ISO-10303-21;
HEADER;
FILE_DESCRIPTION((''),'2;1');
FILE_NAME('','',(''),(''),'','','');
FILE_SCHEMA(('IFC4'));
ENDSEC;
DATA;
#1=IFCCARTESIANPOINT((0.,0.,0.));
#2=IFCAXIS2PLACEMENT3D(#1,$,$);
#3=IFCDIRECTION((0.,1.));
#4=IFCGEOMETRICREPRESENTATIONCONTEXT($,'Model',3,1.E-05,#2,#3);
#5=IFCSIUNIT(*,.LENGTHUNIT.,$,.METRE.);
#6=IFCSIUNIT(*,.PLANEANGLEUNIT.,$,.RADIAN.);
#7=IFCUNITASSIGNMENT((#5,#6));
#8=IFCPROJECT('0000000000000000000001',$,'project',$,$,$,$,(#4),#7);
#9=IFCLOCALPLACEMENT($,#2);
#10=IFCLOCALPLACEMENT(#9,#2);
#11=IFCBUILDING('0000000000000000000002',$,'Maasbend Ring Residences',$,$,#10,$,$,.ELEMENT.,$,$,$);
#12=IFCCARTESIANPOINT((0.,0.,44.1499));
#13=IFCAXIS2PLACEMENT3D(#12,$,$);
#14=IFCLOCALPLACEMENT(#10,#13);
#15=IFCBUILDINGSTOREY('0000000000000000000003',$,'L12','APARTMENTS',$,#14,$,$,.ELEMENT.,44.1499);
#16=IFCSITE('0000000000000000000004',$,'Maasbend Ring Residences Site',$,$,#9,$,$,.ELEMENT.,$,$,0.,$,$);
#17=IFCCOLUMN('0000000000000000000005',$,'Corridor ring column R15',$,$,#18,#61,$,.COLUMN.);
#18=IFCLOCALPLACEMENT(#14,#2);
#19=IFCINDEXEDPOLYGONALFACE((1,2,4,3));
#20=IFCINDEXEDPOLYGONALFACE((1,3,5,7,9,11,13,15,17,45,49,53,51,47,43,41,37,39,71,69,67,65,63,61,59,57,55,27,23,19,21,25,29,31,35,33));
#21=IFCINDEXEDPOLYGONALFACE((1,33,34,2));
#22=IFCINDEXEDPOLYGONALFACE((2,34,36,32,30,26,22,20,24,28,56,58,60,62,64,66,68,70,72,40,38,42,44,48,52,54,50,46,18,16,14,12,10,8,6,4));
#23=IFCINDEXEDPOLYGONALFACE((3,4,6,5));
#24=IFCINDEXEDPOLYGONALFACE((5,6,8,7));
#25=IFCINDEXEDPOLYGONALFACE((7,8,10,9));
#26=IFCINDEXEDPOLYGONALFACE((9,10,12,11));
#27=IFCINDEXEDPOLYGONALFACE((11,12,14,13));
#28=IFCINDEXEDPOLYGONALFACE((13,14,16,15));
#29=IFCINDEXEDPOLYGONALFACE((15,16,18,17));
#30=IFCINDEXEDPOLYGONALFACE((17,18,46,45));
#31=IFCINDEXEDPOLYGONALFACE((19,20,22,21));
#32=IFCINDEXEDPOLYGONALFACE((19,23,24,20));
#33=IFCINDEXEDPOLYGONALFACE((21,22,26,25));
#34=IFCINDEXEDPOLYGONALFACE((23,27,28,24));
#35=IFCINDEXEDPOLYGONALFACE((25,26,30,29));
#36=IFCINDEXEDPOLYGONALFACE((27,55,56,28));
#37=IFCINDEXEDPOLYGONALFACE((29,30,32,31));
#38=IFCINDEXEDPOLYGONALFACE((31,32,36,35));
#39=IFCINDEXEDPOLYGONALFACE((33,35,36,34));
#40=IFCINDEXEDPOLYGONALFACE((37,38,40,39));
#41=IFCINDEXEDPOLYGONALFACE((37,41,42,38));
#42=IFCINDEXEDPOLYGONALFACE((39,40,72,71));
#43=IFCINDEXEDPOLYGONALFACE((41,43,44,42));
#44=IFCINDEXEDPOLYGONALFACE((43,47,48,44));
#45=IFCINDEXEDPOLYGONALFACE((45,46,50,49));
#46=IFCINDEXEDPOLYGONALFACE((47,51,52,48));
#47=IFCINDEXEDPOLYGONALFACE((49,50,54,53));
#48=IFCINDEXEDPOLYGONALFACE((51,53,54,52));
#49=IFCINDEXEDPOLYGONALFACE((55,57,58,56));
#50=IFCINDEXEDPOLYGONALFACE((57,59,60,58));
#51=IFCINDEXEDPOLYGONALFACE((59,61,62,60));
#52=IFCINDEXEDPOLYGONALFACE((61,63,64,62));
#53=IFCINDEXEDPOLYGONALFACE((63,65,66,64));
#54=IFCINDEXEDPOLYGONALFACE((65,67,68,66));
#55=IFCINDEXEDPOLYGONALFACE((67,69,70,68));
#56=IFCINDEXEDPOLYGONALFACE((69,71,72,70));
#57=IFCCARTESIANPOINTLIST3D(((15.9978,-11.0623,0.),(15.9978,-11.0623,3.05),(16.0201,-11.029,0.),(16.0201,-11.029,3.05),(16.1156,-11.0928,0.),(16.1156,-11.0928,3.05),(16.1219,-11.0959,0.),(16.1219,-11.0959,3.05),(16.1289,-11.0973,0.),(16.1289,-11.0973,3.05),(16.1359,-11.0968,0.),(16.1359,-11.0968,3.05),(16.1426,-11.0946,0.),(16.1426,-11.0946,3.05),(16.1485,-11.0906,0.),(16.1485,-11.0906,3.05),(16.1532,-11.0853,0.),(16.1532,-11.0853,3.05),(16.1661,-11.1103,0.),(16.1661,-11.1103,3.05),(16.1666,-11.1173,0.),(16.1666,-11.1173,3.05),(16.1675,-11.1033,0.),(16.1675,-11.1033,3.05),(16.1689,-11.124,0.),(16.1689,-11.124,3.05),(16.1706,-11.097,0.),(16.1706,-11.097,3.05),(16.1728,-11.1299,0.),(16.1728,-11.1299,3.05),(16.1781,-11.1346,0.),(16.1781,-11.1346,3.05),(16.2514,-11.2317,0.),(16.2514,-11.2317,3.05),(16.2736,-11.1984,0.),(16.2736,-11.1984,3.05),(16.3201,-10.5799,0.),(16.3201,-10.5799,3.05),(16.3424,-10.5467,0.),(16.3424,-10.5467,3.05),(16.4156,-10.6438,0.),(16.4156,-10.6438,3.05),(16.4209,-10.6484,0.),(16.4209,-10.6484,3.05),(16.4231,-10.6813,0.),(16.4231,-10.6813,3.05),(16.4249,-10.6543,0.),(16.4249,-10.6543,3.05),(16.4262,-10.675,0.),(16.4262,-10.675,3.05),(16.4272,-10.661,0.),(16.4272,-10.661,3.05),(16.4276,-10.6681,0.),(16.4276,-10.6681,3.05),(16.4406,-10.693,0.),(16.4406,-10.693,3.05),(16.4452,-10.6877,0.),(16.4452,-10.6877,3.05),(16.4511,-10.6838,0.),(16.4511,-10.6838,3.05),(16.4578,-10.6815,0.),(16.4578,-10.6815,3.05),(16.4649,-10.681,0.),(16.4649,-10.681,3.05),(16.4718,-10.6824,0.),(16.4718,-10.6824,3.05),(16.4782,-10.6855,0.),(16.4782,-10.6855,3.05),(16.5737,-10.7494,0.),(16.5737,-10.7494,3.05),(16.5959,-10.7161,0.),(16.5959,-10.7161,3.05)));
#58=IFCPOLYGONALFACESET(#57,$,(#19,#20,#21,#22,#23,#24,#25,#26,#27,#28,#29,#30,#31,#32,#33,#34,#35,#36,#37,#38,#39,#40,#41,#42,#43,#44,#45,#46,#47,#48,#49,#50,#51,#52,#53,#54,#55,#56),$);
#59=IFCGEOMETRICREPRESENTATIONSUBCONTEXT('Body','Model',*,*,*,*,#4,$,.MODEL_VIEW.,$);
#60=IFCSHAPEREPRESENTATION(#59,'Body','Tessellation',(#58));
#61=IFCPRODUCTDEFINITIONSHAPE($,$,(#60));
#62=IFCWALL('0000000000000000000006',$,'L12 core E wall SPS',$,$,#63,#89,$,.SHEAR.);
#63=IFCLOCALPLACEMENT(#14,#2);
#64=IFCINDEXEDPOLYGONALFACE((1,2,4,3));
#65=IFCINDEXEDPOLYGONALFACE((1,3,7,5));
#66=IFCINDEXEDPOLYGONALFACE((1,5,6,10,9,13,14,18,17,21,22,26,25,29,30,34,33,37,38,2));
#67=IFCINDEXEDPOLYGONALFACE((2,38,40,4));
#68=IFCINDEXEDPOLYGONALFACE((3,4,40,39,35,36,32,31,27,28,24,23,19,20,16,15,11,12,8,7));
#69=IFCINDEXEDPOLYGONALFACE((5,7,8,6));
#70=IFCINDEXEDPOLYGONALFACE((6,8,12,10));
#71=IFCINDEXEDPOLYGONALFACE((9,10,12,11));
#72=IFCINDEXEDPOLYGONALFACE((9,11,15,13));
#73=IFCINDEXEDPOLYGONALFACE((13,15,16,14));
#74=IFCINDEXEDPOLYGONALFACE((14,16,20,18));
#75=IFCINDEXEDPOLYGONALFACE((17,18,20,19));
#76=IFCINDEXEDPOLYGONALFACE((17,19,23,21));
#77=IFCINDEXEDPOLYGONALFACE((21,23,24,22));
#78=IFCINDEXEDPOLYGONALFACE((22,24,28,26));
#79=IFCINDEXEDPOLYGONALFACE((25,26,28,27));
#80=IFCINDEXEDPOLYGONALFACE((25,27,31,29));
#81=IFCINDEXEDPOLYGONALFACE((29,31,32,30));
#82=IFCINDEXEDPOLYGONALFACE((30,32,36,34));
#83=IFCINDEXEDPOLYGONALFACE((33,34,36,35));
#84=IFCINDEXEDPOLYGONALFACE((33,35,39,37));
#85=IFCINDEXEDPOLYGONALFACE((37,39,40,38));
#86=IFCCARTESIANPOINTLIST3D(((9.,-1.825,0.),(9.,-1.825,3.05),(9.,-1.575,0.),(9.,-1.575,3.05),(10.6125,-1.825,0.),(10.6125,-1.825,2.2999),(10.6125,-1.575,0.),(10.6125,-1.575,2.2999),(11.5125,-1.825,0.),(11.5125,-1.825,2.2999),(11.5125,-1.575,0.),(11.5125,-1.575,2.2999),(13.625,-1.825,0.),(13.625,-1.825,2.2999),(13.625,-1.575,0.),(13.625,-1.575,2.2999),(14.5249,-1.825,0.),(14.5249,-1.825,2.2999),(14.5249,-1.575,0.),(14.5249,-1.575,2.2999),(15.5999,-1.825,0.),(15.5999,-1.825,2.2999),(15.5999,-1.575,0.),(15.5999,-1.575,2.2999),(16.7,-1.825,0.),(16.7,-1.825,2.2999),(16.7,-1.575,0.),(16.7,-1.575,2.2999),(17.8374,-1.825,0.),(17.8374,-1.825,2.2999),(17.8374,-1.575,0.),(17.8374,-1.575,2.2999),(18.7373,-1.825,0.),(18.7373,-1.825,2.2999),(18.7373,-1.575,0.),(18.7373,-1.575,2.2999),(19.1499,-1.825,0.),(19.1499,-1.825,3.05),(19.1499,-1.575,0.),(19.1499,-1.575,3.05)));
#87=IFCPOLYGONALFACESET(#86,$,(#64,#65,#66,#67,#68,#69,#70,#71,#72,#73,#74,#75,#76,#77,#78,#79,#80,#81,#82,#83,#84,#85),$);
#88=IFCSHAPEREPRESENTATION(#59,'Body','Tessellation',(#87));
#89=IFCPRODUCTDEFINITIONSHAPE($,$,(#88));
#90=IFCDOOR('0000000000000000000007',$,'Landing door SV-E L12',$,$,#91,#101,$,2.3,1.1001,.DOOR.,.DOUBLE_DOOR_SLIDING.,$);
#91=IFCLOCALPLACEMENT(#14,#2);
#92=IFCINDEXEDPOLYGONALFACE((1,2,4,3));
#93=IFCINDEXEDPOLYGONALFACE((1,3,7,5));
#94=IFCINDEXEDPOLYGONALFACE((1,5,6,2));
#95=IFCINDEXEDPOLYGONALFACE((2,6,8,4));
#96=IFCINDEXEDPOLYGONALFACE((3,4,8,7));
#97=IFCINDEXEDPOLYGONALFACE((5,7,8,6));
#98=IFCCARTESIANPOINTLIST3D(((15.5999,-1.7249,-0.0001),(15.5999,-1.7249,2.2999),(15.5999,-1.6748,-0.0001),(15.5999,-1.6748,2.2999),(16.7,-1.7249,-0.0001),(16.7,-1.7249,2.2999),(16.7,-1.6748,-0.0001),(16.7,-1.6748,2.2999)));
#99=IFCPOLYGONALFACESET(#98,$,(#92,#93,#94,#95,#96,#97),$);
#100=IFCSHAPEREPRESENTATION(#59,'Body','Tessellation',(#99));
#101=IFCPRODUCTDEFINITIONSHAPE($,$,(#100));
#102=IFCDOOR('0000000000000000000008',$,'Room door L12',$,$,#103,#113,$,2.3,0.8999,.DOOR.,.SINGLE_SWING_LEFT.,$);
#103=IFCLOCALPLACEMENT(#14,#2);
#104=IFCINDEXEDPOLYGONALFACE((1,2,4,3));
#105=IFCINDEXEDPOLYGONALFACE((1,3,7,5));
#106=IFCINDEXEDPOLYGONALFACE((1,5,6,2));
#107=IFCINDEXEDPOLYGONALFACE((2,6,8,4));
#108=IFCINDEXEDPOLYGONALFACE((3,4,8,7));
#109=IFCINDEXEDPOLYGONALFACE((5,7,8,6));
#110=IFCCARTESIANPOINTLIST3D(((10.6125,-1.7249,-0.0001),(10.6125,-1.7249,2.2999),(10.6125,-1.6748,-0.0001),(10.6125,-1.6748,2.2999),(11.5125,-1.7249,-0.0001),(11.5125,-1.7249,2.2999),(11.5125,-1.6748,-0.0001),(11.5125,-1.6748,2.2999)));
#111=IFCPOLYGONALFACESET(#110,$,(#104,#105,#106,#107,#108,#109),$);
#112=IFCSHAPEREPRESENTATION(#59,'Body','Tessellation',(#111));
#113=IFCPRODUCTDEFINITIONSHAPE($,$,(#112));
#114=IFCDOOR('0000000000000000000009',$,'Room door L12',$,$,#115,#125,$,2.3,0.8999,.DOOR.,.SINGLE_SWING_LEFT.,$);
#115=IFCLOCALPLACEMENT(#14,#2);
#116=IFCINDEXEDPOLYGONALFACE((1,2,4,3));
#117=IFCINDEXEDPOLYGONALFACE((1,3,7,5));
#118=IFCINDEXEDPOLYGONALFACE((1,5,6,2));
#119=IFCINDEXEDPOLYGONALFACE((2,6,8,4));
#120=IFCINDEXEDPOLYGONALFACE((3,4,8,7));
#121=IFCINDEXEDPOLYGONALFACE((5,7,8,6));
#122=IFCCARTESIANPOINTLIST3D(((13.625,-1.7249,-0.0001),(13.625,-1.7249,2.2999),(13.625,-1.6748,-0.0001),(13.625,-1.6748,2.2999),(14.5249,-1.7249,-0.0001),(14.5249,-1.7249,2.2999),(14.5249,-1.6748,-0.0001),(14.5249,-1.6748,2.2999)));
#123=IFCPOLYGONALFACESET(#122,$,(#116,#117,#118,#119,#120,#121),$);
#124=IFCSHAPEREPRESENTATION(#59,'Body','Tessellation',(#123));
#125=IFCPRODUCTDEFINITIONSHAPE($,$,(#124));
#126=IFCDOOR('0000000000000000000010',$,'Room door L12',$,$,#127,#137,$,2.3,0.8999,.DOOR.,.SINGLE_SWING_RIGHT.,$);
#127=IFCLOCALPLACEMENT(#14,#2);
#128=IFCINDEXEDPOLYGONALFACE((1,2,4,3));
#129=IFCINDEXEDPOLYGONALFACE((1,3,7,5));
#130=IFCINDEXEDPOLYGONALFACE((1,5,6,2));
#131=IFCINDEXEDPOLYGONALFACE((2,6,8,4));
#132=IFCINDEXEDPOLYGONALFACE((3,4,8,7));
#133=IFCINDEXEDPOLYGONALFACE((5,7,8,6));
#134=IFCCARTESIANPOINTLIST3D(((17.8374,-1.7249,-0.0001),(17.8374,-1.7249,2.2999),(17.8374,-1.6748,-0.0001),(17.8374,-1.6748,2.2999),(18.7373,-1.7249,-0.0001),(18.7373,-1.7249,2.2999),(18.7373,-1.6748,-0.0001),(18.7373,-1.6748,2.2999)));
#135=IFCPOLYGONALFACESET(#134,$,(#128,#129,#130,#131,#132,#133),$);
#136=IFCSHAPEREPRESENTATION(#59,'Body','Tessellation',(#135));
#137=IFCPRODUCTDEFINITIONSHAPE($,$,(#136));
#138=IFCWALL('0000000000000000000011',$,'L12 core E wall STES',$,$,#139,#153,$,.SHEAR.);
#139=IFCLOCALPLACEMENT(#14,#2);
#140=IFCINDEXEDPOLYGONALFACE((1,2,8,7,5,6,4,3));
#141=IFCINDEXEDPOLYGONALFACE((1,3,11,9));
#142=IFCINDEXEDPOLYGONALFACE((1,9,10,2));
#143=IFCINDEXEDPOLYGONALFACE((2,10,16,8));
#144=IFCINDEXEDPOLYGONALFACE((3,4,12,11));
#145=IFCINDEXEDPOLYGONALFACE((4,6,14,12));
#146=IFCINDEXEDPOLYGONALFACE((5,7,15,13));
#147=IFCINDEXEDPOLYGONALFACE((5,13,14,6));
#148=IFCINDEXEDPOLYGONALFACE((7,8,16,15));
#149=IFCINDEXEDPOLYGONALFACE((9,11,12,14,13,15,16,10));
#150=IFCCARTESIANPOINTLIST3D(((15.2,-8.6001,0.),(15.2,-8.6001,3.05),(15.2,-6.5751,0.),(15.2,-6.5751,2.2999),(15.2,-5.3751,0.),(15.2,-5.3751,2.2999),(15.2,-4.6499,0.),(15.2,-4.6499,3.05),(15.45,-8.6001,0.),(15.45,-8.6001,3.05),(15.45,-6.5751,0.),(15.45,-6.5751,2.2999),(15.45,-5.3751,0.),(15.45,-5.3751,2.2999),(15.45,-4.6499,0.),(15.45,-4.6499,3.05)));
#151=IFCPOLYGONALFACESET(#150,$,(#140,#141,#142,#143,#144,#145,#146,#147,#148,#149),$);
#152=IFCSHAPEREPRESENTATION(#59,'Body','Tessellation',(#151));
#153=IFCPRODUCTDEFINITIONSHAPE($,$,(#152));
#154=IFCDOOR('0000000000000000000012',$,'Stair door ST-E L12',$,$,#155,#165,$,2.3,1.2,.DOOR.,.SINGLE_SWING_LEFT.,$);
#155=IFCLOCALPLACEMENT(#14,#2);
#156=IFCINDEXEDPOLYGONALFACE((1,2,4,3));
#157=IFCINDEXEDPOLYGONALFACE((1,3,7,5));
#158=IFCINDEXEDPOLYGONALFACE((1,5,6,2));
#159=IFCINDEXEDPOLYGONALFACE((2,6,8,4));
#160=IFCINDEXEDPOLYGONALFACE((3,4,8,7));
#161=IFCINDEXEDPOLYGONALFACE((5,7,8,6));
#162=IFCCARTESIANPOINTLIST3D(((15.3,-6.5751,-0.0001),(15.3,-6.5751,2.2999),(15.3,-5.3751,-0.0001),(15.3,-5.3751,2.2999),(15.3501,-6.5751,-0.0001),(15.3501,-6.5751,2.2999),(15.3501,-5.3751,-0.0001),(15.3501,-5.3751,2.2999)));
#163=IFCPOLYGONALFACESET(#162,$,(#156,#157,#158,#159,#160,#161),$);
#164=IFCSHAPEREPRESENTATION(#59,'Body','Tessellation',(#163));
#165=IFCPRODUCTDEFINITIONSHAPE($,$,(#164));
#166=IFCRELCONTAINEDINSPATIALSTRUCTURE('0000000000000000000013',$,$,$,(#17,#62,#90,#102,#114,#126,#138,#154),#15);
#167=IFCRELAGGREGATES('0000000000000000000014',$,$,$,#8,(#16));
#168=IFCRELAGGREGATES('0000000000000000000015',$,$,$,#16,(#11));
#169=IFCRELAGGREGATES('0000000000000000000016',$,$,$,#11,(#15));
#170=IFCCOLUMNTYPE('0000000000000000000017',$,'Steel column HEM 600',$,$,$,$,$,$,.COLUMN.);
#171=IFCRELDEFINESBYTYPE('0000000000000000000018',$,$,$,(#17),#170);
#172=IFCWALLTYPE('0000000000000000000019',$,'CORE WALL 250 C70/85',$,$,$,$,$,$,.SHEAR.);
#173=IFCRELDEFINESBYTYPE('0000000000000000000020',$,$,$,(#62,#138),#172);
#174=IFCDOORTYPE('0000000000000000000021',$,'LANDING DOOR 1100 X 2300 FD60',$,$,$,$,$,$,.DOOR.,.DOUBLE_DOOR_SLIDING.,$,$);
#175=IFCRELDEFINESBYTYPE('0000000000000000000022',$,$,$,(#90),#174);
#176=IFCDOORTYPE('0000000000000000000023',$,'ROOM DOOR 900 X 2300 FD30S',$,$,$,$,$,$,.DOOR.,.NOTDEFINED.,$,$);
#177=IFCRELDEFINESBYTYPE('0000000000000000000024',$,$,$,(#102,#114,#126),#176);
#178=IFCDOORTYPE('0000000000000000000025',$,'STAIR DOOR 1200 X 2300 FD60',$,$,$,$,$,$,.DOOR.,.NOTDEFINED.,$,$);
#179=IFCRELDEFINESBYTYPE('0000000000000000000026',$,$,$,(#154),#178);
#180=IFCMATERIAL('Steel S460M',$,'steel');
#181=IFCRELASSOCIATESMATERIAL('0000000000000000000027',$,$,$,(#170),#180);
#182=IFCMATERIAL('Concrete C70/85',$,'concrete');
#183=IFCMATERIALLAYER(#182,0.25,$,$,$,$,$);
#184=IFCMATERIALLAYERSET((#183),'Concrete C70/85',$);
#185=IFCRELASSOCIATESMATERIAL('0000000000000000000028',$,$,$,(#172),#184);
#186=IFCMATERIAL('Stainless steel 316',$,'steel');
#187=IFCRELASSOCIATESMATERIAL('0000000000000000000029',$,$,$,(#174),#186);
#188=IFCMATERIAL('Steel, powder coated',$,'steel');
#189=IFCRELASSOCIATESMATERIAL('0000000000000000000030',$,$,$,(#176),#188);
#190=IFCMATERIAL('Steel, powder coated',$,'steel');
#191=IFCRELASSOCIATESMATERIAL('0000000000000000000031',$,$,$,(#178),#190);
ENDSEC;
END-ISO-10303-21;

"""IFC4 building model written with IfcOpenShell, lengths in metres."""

from ifc_helpers import new_model, si_unit, direction, frame, frame_2d, origin, origin_2d, place, context, subcontext, project, spatial, rectangle, i_section, extrude, material, layer, layer_set, material_profile, profile_set, type_object, element, fill, save


model = new_model("IFC4")

# Units and contexts
model_context = context("Model", 3, precision=1e-05, world=origin(), true_north=direction((0.0, 1.0)))
body_context = subcontext(model_context, "Body", "Model", "MODEL_VIEW")
ifc_project = project(units=[si_unit("LENGTHUNIT", "METRE"), si_unit("PLANEANGLEUNIT", "RADIAN")], contexts=[model_context])

# Site, building, storey
site_placement = place(None, origin())
site = spatial("IfcSite", under=ifc_project, at=site_placement, Name="Maasbend Ring Residences Site", CompositionType="ELEMENT", RefElevation=0.0)
building_placement = place(site_placement, origin())
building = spatial("IfcBuilding", under=site, at=building_placement, Name="Maasbend Ring Residences", CompositionType="ELEMENT")
storey_placement = place(building_placement, frame((0.0, 0.0, 44.1499)))
storey = spatial("IfcBuildingStorey", under=building, at=storey_placement, Name="L12", Description="APARTMENTS", CompositionType="ELEMENT", Elevation=44.1499)

# Column
ifc_material_1 = material(Name="Steel S460M", Category="steel")
ifc_material_profile = material_profile(ifc_material_1, i_section(OverallWidth=0.3049, OverallDepth=0.6201, WebThickness=0.021, FlangeThickness=0.04, FilletRadius=0.0271, at=origin_2d()), Name="HEM 600")
ifc_profile_set = profile_set([ifc_material_profile], Name="Steel S460M")
column_type = type_object("IfcColumnType", Name="Steel column HEM 600", PredefinedType="COLUMN", material=ifc_profile_set)
column_placement = place(storey_placement, frame((16.2969, -10.8892, 0.0), z_axis=(0.0, 0.0, 1.0), x_axis=(0.83147, -0.55557, 0.0)))
element("IfcColumn", 1, at=column_placement, inside=storey, type_object=column_type, Name="Corridor ring column R15", PredefinedType="COLUMN", context=body_context, shape_type="SweptSolid", body=[
    extrude(i_section(OverallWidth=0.3049, OverallDepth=0.6201, WebThickness=0.021, FlangeThickness=0.04, FilletRadius=0.0271, at=origin_2d()), origin(), (0.0, 0.0, 1.0), 3.05),
])

# Wall, openings, doors
ifc_material_2 = material(Name="Concrete C70/85", Category="concrete")
ifc_layer_1 = layer(ifc_material_2, 0.25)
ifc_layer_set_1 = layer_set([ifc_layer_1], Name="Concrete C70/85")
wall_type_1 = type_object("IfcWallType", Name="CORE WALL 250 C70/85", PredefinedType="SHEAR", material=ifc_layer_set_1)
wall_1_placement = place(storey_placement, frame((19.1499, -1.7, 0.0), z_axis=(0.0, 0.0, 1.0), x_axis=(-1.0, 0.0, 0.0)))
wall_1 = element("IfcWall", 2, at=wall_1_placement, inside=storey, type_object=wall_type_1, Name="L12 core E wall SPS", PredefinedType="SHEAR", context=body_context, shape_type="SweptSolid", body=[
    extrude(rectangle(XDim=10.1499, YDim=0.25, at=frame_2d((5.075, 0.0))), origin(), (0.0, 0.0, 1.0), 3.05),
])
opening_1_placement = place(wall_1_placement, frame((2.45, 0.0, 0.0)))
opening_1 = element("IfcOpeningElement", 3, at=opening_1_placement, cuts=wall_1, PredefinedType="OPENING", context=body_context, shape_type="SweptSolid", body=[
    extrude(rectangle(XDim=1.1001, YDim=2.3, at=frame_2d((0.55, 1.1499))), frame((0.0, 0.135, 0.0), z_axis=(0.0, -1.0, 0.0), x_axis=(1.0, 0.0, 0.0)), (0.0, 0.0, 1.0), 0.27),
])
opening_2_placement = place(wall_1_placement, frame((7.6375, 0.0, 0.0)))
opening_2 = element("IfcOpeningElement", 4, at=opening_2_placement, cuts=wall_1, PredefinedType="OPENING", context=body_context, shape_type="SweptSolid", body=[
    extrude(rectangle(XDim=0.8999, YDim=2.3, at=frame_2d((0.45, 1.1499))), frame((0.0, 0.135, 0.0), z_axis=(0.0, -1.0, 0.0), x_axis=(1.0, 0.0, 0.0)), (0.0, 0.0, 1.0), 0.27),
])
opening_3_placement = place(wall_1_placement, frame((4.625, 0.0, 0.0)))
opening_3 = element("IfcOpeningElement", 5, at=opening_3_placement, cuts=wall_1, PredefinedType="OPENING", context=body_context, shape_type="SweptSolid", body=[
    extrude(rectangle(XDim=0.8999, YDim=2.3, at=frame_2d((0.45, 1.1499))), frame((0.0, 0.135, 0.0), z_axis=(0.0, -1.0, 0.0), x_axis=(1.0, 0.0, 0.0)), (0.0, 0.0, 1.0), 0.27),
])
opening_4_placement = place(wall_1_placement, frame((0.4126, 0.0, 0.0)))
opening_4 = element("IfcOpeningElement", 6, at=opening_4_placement, cuts=wall_1, PredefinedType="OPENING", context=body_context, shape_type="SweptSolid", body=[
    extrude(rectangle(XDim=0.8999, YDim=2.3, at=frame_2d((0.45, 1.1499))), frame((0.0, 0.135, 0.0), z_axis=(0.0, -1.0, 0.0), x_axis=(1.0, 0.0, 0.0)), (0.0, 0.0, 1.0), 0.27),
])
ifc_material_3 = material(Name="Stainless steel 316", Category="steel")
door_type_1 = type_object("IfcDoorType", Name="LANDING DOOR 1100 X 2300 FD60", OperationType="DOUBLE_DOOR_SLIDING", PredefinedType="DOOR", material=ifc_material_3)
door_1_placement = place(opening_1_placement, origin())
door_1 = element("IfcDoor", 7, at=door_1_placement, inside=storey, type_object=door_type_1, Name="Landing door SV-E L12", OperationType="DOUBLE_DOOR_SLIDING", OverallHeight=2.3, OverallWidth=1.1001, PredefinedType="DOOR", context=body_context, shape_type="SweptSolid", body=[
    extrude(rectangle(XDim=1.1001, YDim=2.3, at=frame_2d((0.55, 1.1499))), frame((0.0, 0.0249, 0.0), z_axis=(0.0, -1.0, 0.0), x_axis=(1.0, 0.0, 0.0)), (0.0, 0.0, 1.0), 0.05),
])
fill(opening_1, door_1)
ifc_material_4 = material(Name="Steel, powder coated", Category="steel")
door_type_2 = type_object("IfcDoorType", Name="ROOM DOOR 900 X 2300 FD30S", OperationType="NOTDEFINED", PredefinedType="DOOR", material=ifc_material_4)
door_2_placement = place(opening_2_placement, origin())
door_2 = element("IfcDoor", 8, at=door_2_placement, inside=storey, type_object=door_type_2, Name="Room door L12", OperationType="SINGLE_SWING_LEFT", OverallHeight=2.3, OverallWidth=0.8999, PredefinedType="DOOR", context=body_context, shape_type="SweptSolid", body=[
    extrude(rectangle(XDim=0.8999, YDim=2.3, at=frame_2d((0.45, 1.1499))), frame((0.0, 0.0249, 0.0), z_axis=(0.0, -1.0, 0.0), x_axis=(1.0, 0.0, 0.0)), (0.0, 0.0, 1.0), 0.05),
])
fill(opening_2, door_2)
door_3_placement = place(opening_3_placement, origin())
door_3 = element("IfcDoor", 9, at=door_3_placement, inside=storey, type_object=door_type_2, Name="Room door L12", OperationType="SINGLE_SWING_LEFT", OverallHeight=2.3, OverallWidth=0.8999, PredefinedType="DOOR", context=body_context, shape_type="SweptSolid", body=[
    extrude(rectangle(XDim=0.8999, YDim=2.3, at=frame_2d((0.45, 1.1499))), frame((0.0, 0.0249, 0.0), z_axis=(0.0, -1.0, 0.0), x_axis=(1.0, 0.0, 0.0)), (0.0, 0.0, 1.0), 0.05),
])
fill(opening_3, door_3)
door_4_placement = place(opening_4_placement, origin())
door_4 = element("IfcDoor", 10, at=door_4_placement, inside=storey, type_object=door_type_2, Name="Room door L12", OperationType="SINGLE_SWING_RIGHT", OverallHeight=2.3, OverallWidth=0.8999, PredefinedType="DOOR", context=body_context, shape_type="SweptSolid", body=[
    extrude(rectangle(XDim=0.8999, YDim=2.3, at=frame_2d((0.45, 1.1499))), frame((0.0, 0.0249, 0.0), z_axis=(0.0, -1.0, 0.0), x_axis=(1.0, 0.0, 0.0)), (0.0, 0.0, 1.0), 0.05),
])
fill(opening_4, door_4)

# Wall, opening, door
wall_2_placement = place(storey_placement, frame((15.325, -8.6001, 0.0), z_axis=(0.0, 0.0, 1.0), x_axis=(0.0, 1.0, 0.0)))
wall_2 = element("IfcWall", 11, at=wall_2_placement, inside=storey, type_object=wall_type_1, Name="L12 core E wall STES", PredefinedType="SHEAR", context=body_context, shape_type="SweptSolid", body=[
    extrude(rectangle(XDim=3.9502, YDim=0.25, at=frame_2d((1.9751, 0.0))), origin(), (0.0, 0.0, 1.0), 3.05),
])
opening_5_placement = place(wall_2_placement, frame((2.0249, 0.0, 0.0)))
opening_5 = element("IfcOpeningElement", 12, at=opening_5_placement, cuts=wall_2, PredefinedType="OPENING", context=body_context, shape_type="SweptSolid", body=[
    extrude(rectangle(XDim=1.2, YDim=2.3, at=frame_2d((0.6001, 1.1499))), frame((0.0, 0.135, 0.0), z_axis=(0.0, -1.0, 0.0), x_axis=(1.0, 0.0, 0.0)), (0.0, 0.0, 1.0), 0.27),
])
ifc_material_5 = material(Name="Steel, powder coated", Category="steel")
door_type_3 = type_object("IfcDoorType", Name="STAIR DOOR 1200 X 2300 FD60", OperationType="NOTDEFINED", PredefinedType="DOOR", material=ifc_material_5)
door_5_placement = place(opening_5_placement, origin())
door_5 = element("IfcDoor", 13, at=door_5_placement, inside=storey, type_object=door_type_3, Name="Stair door ST-E L12", OperationType="SINGLE_SWING_LEFT", OverallHeight=2.3, OverallWidth=1.2, PredefinedType="DOOR", context=body_context, shape_type="SweptSolid", body=[
    extrude(rectangle(XDim=1.2, YDim=2.3, at=frame_2d((0.6001, 1.1499))), frame((0.0, 0.0249, 0.0), z_axis=(0.0, -1.0, 0.0), x_axis=(1.0, 0.0, 0.0)), (0.0, 0.0, 1.0), 0.05),
])
fill(opening_5, door_5)

save(model, "model.ifc")
